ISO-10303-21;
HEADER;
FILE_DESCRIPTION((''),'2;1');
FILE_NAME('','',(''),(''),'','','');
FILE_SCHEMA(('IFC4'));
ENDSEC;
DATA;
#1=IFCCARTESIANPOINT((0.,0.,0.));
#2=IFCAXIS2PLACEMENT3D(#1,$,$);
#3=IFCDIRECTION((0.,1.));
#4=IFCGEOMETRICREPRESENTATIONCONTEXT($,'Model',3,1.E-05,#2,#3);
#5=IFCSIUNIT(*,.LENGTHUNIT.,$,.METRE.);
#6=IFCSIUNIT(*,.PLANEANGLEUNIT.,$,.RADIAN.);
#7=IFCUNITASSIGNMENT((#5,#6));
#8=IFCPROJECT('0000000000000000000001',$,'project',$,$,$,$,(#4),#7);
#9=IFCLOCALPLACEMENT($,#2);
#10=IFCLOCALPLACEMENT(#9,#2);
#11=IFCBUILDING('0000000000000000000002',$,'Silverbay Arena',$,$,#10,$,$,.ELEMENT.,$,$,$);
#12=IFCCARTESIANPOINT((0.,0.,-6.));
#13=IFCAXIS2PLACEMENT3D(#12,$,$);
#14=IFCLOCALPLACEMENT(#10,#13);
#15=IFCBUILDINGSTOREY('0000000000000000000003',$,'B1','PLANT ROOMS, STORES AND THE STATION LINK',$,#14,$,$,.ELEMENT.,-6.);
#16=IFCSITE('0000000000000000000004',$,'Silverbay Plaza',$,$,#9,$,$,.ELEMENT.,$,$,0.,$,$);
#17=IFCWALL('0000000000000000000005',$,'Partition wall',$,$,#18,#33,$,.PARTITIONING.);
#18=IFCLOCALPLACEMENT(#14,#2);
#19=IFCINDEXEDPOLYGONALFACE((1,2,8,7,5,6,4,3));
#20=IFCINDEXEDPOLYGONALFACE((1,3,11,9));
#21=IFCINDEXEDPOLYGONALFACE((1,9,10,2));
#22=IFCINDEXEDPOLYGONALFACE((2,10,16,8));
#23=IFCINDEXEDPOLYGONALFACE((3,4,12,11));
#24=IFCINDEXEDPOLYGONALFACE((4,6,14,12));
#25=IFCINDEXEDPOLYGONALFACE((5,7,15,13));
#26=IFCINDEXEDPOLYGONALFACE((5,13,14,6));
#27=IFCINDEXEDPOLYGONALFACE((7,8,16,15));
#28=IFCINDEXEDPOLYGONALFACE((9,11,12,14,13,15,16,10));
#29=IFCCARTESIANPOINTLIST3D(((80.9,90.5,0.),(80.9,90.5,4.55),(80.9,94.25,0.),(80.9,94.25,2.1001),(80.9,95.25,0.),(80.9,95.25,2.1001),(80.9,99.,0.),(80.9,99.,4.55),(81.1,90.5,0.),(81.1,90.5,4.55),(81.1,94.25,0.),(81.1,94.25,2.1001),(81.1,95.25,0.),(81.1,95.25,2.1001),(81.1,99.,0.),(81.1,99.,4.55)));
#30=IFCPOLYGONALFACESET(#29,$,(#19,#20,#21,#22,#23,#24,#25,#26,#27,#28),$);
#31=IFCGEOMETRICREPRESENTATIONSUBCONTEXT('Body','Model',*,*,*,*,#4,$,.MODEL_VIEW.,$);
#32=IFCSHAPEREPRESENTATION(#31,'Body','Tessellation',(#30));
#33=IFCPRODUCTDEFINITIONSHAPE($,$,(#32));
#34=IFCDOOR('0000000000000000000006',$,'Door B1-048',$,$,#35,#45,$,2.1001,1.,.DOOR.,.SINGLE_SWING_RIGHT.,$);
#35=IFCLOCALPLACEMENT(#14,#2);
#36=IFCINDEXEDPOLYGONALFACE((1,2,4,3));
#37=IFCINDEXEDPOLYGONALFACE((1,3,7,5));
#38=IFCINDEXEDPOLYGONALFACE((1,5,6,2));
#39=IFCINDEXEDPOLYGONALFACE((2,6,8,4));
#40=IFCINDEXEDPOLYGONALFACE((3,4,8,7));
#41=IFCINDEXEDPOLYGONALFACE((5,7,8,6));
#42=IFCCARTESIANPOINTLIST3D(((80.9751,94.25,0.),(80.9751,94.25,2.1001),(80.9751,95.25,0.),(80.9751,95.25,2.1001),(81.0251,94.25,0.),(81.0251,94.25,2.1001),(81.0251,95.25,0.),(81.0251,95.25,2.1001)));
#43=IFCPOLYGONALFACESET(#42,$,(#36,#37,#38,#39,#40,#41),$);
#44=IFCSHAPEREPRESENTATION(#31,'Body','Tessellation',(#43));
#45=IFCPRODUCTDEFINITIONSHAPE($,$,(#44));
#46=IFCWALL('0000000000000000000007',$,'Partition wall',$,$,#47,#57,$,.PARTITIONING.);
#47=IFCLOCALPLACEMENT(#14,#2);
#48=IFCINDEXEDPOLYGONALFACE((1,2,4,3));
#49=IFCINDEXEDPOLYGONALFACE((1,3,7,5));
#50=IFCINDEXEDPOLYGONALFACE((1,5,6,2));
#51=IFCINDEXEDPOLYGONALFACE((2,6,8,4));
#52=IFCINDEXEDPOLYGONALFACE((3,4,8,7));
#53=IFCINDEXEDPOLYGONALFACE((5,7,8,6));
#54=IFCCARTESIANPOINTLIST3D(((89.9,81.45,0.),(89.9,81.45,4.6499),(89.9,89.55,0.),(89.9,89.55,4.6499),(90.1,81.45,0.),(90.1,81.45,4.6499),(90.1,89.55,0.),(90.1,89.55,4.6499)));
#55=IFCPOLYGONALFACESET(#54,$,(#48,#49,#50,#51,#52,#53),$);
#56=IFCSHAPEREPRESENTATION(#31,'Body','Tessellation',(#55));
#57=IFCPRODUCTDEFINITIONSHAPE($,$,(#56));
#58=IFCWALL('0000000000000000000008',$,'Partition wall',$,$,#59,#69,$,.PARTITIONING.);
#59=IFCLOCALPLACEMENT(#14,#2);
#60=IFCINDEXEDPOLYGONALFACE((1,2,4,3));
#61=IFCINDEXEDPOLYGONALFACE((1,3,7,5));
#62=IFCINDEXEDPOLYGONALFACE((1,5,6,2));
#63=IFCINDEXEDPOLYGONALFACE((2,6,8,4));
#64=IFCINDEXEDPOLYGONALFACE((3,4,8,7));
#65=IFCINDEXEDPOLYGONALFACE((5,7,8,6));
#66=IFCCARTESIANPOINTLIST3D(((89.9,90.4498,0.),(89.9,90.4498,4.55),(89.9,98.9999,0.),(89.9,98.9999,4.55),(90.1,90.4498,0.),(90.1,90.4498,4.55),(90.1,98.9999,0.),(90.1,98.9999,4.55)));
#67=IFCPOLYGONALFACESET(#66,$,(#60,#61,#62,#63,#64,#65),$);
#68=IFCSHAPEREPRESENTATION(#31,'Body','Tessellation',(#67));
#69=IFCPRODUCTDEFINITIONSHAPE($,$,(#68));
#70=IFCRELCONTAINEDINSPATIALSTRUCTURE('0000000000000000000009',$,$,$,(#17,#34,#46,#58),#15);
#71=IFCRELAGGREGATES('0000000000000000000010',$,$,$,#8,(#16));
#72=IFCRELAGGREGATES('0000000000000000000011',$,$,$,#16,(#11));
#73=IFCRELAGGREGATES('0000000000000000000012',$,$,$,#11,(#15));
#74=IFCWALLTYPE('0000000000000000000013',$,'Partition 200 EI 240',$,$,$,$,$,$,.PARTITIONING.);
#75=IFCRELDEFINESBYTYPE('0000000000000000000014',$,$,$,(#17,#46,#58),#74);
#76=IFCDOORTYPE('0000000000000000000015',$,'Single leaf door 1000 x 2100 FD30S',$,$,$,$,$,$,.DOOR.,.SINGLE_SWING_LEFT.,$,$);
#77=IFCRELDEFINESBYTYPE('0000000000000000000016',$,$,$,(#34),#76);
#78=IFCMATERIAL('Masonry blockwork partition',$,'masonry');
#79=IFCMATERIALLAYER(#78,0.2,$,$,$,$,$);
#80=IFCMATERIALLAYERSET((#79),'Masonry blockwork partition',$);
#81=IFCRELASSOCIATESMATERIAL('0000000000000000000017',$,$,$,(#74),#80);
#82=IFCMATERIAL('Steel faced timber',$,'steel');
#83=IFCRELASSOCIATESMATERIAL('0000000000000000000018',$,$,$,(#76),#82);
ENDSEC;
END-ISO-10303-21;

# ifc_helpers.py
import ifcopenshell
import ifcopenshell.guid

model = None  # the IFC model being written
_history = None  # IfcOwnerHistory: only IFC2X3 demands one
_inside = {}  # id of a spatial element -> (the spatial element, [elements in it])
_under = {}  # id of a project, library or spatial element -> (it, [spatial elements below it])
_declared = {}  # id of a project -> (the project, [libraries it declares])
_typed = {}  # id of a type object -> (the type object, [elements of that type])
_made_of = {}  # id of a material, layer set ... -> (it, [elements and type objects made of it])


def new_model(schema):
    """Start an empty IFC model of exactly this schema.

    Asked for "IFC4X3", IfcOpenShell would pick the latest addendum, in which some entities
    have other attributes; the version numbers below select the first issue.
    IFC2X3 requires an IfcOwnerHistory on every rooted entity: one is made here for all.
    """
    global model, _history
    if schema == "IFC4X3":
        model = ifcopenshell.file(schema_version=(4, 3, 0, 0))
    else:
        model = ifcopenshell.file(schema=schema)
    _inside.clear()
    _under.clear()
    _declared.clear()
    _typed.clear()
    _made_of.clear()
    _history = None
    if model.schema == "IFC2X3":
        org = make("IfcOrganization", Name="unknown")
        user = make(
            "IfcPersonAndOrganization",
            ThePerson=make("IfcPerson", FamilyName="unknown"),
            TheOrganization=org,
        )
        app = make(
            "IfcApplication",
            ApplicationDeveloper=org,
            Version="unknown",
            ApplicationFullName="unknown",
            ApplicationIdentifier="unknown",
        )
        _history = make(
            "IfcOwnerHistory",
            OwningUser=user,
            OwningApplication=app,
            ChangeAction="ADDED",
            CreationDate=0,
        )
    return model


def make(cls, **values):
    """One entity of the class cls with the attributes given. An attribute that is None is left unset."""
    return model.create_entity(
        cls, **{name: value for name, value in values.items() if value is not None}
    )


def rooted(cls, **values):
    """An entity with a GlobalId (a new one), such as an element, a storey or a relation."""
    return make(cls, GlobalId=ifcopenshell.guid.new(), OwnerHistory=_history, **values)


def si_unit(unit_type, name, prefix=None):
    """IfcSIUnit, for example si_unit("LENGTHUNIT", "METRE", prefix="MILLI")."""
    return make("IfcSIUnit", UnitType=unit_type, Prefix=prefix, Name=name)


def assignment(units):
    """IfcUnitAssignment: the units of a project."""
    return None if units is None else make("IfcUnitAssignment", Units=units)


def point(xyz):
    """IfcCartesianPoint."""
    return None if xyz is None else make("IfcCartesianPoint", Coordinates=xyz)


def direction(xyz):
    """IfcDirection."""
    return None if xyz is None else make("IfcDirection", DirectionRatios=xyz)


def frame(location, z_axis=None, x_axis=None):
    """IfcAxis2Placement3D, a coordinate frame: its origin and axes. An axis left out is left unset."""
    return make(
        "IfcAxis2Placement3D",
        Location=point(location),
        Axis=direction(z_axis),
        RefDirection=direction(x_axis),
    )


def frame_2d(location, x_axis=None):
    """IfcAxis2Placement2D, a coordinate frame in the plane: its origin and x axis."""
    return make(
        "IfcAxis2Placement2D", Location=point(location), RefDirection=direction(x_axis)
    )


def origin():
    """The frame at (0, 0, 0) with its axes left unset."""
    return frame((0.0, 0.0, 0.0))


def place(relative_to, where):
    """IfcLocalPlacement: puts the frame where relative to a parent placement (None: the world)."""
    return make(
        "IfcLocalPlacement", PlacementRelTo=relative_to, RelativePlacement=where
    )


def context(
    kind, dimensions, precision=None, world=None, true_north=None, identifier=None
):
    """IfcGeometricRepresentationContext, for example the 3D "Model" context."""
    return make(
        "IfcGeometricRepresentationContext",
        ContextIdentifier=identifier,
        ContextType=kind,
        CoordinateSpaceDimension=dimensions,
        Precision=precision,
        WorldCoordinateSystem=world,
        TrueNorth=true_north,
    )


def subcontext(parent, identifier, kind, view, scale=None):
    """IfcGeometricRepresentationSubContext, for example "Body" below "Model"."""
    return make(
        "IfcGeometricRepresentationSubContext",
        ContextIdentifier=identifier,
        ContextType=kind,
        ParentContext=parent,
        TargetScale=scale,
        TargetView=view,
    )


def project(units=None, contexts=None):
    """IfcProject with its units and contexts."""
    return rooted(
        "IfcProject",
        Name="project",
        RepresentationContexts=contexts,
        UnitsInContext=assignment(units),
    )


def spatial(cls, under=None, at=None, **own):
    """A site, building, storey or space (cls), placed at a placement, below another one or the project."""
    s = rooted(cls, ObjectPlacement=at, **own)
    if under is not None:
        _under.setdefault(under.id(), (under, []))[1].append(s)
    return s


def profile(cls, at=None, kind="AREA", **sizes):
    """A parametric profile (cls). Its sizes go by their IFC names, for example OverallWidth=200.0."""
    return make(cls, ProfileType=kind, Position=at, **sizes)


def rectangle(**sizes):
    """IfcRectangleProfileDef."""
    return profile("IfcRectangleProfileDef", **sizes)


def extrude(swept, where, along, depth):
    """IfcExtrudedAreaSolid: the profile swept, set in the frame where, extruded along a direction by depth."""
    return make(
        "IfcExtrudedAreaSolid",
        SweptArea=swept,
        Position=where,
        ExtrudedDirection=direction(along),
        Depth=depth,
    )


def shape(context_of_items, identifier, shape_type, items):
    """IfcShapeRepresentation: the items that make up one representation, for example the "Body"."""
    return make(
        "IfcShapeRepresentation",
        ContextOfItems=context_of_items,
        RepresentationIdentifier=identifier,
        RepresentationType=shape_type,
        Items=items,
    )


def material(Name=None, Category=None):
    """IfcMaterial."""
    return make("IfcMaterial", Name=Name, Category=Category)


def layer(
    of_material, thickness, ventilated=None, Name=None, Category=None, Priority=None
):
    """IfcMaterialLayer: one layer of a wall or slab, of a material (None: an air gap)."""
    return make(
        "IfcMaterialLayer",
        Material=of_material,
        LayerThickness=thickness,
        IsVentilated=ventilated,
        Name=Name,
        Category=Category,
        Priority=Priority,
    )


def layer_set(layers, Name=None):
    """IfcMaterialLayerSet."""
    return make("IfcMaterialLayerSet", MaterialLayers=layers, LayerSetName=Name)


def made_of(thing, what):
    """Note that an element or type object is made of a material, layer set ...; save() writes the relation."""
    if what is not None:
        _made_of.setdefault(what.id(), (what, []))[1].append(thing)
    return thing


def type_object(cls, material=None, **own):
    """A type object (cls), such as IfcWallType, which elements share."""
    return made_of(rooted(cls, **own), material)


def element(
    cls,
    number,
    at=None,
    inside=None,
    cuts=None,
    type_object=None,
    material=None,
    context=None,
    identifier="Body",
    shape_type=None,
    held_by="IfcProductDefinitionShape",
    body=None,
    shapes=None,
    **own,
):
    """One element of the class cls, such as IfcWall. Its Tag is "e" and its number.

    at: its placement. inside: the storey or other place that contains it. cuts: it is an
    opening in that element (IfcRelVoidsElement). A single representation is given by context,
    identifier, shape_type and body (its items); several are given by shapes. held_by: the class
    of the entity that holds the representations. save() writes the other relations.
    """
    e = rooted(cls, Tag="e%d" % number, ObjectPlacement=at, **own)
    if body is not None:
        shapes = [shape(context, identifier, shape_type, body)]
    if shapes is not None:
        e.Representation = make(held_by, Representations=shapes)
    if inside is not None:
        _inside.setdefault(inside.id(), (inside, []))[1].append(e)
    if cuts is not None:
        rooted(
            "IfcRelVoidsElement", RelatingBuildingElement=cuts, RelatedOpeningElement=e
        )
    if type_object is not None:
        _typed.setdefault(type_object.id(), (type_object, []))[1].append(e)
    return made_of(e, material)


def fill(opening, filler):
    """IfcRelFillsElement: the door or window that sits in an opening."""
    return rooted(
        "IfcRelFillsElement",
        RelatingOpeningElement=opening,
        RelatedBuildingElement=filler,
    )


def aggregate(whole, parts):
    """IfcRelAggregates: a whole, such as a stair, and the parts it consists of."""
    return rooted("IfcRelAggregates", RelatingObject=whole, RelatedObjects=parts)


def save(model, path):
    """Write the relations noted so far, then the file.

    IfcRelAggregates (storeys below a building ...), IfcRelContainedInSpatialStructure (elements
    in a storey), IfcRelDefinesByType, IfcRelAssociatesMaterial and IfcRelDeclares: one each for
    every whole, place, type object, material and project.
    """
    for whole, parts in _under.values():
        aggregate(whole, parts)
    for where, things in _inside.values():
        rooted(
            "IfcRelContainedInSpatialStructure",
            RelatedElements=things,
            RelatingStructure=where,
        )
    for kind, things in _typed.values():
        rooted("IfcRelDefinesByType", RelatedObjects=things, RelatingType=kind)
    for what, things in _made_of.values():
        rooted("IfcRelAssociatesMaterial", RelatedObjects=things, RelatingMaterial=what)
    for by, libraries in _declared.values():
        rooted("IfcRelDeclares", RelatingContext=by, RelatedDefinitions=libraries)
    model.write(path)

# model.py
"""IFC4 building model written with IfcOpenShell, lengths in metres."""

from ifc_helpers import new_model, si_unit, direction, frame, frame_2d, origin, place, context, subcontext, project, spatial, rectangle, extrude, material, layer, layer_set, type_object, element, fill, save


model = new_model("IFC4")

# Units and contexts
model_context = context("Model", 3, precision=1e-05, world=origin(), true_north=direction((0.0, 1.0)))
body_context = subcontext(model_context, "Body", "Model", "MODEL_VIEW")
ifc_project = project(units=[si_unit("LENGTHUNIT", "METRE"), si_unit("PLANEANGLEUNIT", "RADIAN")], contexts=[model_context])

# Site, building, storey
site_placement = place(None, origin())
site = spatial("IfcSite", under=ifc_project, at=site_placement, Name="Silverbay Plaza", CompositionType="ELEMENT", RefElevation=0.0)
building_placement = place(site_placement, origin())
building = spatial("IfcBuilding", under=site, at=building_placement, Name="Silverbay Arena", CompositionType="ELEMENT")
storey_placement = place(building_placement, frame((0.0, 0.0, -6.0)))
storey = spatial("IfcBuildingStorey", under=building, at=storey_placement, Name="B1", Description="PLANT ROOMS, STORES AND THE STATION LINK", CompositionType="ELEMENT", Elevation=-6.0)

# Shared definitions
ifc_material_1 = material(Name="Masonry blockwork partition", Category="masonry")
ifc_layer = layer(ifc_material_1, 0.2)
ifc_layer_set = layer_set([ifc_layer], Name="Masonry blockwork partition")
wall_type = type_object("IfcWallType", Name="Partition 200 EI 240", PredefinedType="PARTITIONING", material=ifc_layer_set)
ifc_material_2 = material(Name="Steel faced timber", Category="steel")
door_type = type_object("IfcDoorType", Name="Single leaf door 1000 x 2100 FD30S", OperationType="SINGLE_SWING_LEFT", PredefinedType="DOOR", material=ifc_material_2)

# Wall, opening, door
wall_1_placement = place(storey_placement, frame((81.0, 90.5, 0.0), z_axis=(0.0, 0.0, 1.0), x_axis=(0.0, 1.0, 0.0)))
wall_1 = element("IfcWall", 1, at=wall_1_placement, inside=storey, type_object=wall_type, Name="Partition wall", PredefinedType="PARTITIONING", context=body_context, shape_type="SweptSolid", body=[
    extrude(rectangle(XDim=8.5, YDim=0.2, at=frame_2d((4.25, 0.0))), origin(), (0.0, 0.0, 1.0), 4.55),
])
opening_1_placement = place(wall_1_placement, frame((3.75, 0.0, 0.0)))
opening_1 = element("IfcOpeningElement", 2, at=opening_1_placement, cuts=wall_1, PredefinedType="OPENING", context=body_context, shape_type="SweptSolid", body=[
    extrude(rectangle(XDim=1.0, YDim=2.1001, at=frame_2d((0.5, 1.05))), frame((0.0, 0.1099, 0.0), z_axis=(0.0, -1.0, 0.0), x_axis=(1.0, 0.0, 0.0)), (0.0, 0.0, 1.0), 0.22),
])
door_1_placement = place(opening_1_placement, origin())
door_1 = element("IfcDoor", 3, at=door_1_placement, inside=storey, type_object=door_type, Name="Door B1-048", OperationType="SINGLE_SWING_RIGHT", OverallHeight=2.1001, OverallWidth=1.0, PredefinedType="DOOR", context=body_context, shape_type="SweptSolid", body=[
    extrude(rectangle(XDim=1.0, YDim=2.1001, at=frame_2d((0.5, 1.05))), frame((0.0, 0.0249, 0.0), z_axis=(0.0, -1.0, 0.0), x_axis=(1.0, 0.0, 0.0)), (0.0, 0.0, 1.0), 0.05),
])
fill(opening_1, door_1)

# Walls
wall_2_placement = place(storey_placement, frame((90.0, 81.45, 0.0), z_axis=(0.0, 0.0, 1.0), x_axis=(0.0, 1.0, 0.0)))
element("IfcWall", 4, at=wall_2_placement, inside=storey, type_object=wall_type, Name="Partition wall", PredefinedType="PARTITIONING", context=body_context, shape_type="SweptSolid", body=[
    extrude(rectangle(XDim=8.1001, YDim=0.2, at=frame_2d((4.05, 0.0))), origin(), (0.0, 0.0, 1.0), 4.6499),
])
wall_3_placement = place(storey_placement, frame((90.0, 90.45, 0.0), z_axis=(0.0, 0.0, 1.0), x_axis=(0.0, 1.0, 0.0)))
element("IfcWall", 5, at=wall_3_placement, inside=storey, type_object=wall_type, Name="Partition wall", PredefinedType="PARTITIONING", context=body_context, shape_type="SweptSolid", body=[
    extrude(rectangle(XDim=8.55, YDim=0.2, at=frame_2d((4.2749, 0.0))), origin(), (0.0, 0.0, 1.0), 4.55),
])

save(model, "model.ifc")
